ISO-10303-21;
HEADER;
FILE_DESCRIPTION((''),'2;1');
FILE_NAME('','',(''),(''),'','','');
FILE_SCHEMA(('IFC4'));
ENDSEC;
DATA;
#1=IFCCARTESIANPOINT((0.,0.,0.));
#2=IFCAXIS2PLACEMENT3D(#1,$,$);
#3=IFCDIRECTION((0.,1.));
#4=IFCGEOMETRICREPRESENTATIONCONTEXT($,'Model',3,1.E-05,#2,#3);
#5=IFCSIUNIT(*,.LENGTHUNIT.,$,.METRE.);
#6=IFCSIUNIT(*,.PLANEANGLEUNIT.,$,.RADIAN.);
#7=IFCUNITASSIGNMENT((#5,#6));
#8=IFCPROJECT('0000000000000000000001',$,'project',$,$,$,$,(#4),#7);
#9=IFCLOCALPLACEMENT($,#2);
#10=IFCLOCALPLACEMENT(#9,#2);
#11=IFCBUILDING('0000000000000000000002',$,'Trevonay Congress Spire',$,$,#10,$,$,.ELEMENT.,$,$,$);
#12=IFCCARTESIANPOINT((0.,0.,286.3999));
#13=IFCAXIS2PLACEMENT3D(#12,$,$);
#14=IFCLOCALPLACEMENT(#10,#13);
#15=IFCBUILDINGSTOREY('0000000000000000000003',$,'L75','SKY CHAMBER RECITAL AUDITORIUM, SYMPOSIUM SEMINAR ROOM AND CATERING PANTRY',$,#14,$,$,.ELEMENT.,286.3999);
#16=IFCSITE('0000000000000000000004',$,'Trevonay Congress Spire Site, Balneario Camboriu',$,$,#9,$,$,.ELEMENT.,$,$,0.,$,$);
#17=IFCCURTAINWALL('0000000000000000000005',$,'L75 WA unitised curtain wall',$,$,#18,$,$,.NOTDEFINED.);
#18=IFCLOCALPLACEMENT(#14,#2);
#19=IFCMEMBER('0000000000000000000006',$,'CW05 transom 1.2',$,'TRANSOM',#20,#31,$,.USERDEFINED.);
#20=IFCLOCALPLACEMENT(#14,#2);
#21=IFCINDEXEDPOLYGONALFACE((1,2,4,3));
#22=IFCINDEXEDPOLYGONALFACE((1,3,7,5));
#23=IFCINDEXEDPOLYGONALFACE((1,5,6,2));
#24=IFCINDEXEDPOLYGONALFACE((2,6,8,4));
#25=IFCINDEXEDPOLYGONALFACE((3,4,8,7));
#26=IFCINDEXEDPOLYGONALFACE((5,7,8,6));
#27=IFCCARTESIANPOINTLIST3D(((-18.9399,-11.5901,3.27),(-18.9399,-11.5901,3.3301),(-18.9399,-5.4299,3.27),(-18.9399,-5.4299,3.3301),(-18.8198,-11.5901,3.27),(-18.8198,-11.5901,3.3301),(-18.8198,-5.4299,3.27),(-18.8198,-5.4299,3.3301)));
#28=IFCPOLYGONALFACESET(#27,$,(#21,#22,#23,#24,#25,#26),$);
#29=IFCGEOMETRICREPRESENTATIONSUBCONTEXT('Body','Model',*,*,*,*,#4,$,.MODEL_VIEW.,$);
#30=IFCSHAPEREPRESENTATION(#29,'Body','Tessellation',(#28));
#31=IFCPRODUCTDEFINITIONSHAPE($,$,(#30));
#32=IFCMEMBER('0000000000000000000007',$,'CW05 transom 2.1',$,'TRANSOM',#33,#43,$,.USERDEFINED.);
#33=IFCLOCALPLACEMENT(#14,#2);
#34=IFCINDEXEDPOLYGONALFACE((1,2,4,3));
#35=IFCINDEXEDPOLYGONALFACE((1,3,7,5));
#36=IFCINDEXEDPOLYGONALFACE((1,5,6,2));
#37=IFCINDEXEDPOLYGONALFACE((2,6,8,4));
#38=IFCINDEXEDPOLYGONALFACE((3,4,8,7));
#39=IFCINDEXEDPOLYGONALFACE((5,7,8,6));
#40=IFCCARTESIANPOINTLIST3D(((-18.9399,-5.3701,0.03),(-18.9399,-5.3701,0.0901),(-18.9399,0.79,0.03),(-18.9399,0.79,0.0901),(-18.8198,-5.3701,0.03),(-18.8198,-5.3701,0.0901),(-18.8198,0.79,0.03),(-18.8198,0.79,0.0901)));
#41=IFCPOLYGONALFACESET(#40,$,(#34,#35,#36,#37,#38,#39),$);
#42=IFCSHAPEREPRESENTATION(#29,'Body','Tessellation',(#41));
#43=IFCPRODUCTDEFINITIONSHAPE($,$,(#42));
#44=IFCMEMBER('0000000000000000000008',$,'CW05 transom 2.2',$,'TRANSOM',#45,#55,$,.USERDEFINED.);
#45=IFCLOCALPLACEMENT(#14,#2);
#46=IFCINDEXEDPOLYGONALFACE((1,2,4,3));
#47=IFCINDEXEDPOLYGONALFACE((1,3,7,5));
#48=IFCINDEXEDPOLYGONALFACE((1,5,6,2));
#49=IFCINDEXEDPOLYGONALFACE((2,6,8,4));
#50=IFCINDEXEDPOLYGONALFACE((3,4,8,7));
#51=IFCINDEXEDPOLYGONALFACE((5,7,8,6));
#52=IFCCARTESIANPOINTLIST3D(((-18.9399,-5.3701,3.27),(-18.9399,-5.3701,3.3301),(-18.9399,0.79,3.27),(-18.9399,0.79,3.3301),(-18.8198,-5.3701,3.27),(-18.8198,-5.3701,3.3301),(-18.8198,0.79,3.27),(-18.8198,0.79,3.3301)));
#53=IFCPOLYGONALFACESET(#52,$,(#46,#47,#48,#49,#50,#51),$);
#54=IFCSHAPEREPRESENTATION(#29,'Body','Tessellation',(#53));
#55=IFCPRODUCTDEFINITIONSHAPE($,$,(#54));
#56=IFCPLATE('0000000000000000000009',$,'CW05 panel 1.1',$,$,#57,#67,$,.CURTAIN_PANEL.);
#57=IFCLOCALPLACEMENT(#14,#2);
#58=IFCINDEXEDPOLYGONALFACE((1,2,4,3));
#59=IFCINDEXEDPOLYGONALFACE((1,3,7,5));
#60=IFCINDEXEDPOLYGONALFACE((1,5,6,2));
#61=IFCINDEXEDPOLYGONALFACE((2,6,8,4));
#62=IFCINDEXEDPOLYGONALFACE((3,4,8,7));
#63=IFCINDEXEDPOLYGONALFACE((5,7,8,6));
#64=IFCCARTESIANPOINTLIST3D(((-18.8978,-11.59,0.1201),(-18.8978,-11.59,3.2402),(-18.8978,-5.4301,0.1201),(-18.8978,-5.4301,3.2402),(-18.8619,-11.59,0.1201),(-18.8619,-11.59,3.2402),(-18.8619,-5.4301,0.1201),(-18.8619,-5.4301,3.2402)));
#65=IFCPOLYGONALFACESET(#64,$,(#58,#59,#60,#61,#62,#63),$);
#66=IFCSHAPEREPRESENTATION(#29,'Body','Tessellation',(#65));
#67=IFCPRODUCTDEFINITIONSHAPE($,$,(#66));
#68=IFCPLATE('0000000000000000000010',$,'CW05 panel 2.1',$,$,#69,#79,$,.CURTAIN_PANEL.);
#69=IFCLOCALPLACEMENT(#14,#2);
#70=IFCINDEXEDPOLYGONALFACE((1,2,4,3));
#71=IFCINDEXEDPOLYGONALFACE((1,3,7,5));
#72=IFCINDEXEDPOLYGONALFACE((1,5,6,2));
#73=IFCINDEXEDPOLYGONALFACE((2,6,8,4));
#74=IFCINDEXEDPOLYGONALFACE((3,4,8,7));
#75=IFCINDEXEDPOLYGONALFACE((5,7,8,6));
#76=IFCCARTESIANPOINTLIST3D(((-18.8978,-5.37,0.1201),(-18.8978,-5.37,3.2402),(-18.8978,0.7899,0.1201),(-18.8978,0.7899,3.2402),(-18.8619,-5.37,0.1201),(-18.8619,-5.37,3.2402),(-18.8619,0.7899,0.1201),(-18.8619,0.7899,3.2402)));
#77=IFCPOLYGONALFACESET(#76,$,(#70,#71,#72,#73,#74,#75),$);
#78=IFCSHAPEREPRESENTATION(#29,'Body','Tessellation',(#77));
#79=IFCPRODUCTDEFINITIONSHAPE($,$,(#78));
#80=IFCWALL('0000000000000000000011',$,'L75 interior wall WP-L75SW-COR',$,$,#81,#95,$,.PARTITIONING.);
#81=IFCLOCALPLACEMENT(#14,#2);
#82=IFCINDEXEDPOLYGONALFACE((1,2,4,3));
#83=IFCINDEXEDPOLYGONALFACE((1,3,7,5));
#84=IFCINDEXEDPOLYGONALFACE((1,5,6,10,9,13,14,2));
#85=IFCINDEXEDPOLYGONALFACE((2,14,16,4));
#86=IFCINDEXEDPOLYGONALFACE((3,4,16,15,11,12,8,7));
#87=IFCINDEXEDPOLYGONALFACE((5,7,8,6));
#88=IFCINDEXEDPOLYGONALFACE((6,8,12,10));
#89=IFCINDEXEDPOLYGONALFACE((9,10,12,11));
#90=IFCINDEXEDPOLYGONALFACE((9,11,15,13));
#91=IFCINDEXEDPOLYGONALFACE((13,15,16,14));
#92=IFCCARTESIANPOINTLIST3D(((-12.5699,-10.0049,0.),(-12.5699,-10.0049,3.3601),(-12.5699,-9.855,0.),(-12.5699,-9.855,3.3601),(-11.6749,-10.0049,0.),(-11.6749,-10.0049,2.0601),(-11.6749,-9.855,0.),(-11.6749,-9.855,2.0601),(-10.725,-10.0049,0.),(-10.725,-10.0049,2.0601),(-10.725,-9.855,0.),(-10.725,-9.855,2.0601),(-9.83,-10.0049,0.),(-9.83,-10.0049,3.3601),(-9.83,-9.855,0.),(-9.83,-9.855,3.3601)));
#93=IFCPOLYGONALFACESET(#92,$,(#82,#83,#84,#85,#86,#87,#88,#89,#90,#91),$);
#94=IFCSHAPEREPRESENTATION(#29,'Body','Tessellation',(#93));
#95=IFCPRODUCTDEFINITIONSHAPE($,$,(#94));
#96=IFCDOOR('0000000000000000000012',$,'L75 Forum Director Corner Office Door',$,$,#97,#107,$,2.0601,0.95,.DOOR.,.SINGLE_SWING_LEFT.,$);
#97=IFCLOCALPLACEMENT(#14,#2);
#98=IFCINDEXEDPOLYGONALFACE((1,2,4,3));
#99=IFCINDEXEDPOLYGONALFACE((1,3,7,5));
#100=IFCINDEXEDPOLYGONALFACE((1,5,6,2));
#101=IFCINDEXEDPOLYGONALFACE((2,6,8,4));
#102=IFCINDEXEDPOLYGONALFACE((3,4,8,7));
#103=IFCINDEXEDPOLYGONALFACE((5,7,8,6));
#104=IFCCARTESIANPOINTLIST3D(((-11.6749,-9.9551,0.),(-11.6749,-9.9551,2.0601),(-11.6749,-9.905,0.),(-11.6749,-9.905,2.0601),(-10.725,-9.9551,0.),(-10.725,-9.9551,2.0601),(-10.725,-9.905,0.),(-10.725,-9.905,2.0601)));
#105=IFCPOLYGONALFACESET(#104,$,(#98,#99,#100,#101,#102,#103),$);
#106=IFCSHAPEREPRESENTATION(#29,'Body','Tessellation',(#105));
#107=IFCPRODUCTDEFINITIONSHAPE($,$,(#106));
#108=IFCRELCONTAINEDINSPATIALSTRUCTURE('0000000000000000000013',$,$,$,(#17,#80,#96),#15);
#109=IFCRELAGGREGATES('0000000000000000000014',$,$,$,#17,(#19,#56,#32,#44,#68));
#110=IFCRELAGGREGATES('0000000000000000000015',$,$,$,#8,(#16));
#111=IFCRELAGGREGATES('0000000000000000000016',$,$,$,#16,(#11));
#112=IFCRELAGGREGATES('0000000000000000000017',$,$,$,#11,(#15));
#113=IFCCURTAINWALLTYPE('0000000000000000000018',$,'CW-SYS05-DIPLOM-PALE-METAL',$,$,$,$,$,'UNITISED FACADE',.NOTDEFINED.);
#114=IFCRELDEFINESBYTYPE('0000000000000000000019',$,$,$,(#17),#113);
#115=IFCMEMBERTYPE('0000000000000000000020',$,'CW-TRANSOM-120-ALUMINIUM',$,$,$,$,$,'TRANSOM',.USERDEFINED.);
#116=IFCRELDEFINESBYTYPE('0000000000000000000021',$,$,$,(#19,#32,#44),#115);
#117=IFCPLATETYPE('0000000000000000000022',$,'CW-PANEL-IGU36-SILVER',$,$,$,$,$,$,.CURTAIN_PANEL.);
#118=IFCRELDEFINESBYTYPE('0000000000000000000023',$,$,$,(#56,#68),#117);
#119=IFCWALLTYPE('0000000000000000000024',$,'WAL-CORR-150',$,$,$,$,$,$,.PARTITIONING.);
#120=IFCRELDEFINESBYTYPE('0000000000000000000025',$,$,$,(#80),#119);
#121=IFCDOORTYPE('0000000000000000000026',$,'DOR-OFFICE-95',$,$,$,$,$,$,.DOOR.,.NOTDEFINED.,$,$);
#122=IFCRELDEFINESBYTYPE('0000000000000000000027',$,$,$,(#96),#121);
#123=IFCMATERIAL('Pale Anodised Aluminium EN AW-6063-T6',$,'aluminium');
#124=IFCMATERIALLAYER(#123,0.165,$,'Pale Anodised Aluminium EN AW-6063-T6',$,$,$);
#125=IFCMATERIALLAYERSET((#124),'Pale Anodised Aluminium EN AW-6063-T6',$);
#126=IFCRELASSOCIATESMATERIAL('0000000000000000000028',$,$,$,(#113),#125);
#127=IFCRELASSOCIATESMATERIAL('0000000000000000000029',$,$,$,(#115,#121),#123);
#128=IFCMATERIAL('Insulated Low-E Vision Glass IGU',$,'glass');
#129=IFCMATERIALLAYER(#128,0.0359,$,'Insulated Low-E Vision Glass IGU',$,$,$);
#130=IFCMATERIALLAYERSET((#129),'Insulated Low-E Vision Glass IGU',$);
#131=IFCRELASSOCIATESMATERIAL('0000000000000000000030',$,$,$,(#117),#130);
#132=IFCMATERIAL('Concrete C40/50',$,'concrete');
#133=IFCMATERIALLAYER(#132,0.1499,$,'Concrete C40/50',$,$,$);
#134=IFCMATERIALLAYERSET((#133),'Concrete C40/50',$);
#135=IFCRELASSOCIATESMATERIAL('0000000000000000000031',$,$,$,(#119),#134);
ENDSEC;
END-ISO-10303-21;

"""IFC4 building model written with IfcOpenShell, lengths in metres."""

from ifc_helpers import new_model, si_unit, direction, frame, frame_2d, origin, origin_2d, place, context, subcontext, project, spatial, rectangle, extrude, material, layer, layer_set, material_profile, profile_set, type_object, element, fill, aggregate, save


model = new_model("IFC4")

# Units and contexts
model_context = context("Model", 3, precision=1e-05, world=origin(), true_north=direction((0.0, 1.0)))
body_context = subcontext(model_context, "Body", "Model", "MODEL_VIEW")
ifc_project = project(units=[si_unit("LENGTHUNIT", "METRE"), si_unit("PLANEANGLEUNIT", "RADIAN")], contexts=[model_context])

# Site, building, storey
site_placement = place(None, origin())
site = spatial("IfcSite", under=ifc_project, at=site_placement, Name="Trevonay Congress Spire Site, Balneario Camboriu", CompositionType="ELEMENT", RefElevation=0.0)
building_placement = place(site_placement, origin())
building = spatial("IfcBuilding", under=site, at=building_placement, Name="Trevonay Congress Spire", CompositionType="ELEMENT")
storey_placement = place(building_placement, frame((0.0, 0.0, 286.3999)))
storey = spatial("IfcBuildingStorey", under=building, at=storey_placement, Name="L75", Description="SKY CHAMBER RECITAL AUDITORIUM, SYMPOSIUM SEMINAR ROOM AND CATERING PANTRY", CompositionType="ELEMENT", Elevation=286.3999)

# Curtain wall, members, plates
ifc_material_1 = material(Name="Pale Anodised Aluminium EN AW-6063-T6", Category="aluminium")
ifc_layer_1 = layer(ifc_material_1, 0.165, Name="Pale Anodised Aluminium EN AW-6063-T6")
ifc_layer_set_1 = layer_set([ifc_layer_1], Name="Pale Anodised Aluminium EN AW-6063-T6")
curtain_wall_type = type_object("IfcCurtainWallType", Name="CW-SYS05-DIPLOM-PALE-METAL", ElementType="UNITISED FACADE", PredefinedType="NOTDEFINED", material=ifc_layer_set_1)
curtain_wall_placement = place(storey_placement, origin())
curtain_wall = element("IfcCurtainWall", 1, at=curtain_wall_placement, inside=storey, type_object=curtain_wall_type, Name="L75 WA unitised curtain wall", PredefinedType="NOTDEFINED")
ifc_material_profile_1 = material_profile(ifc_material_1, rectangle(XDim=0.1201, YDim=0.0601, at=origin_2d()), Name="CW-TRANSOM-120-ALUMINIUM")
ifc_profile_set_1 = profile_set([ifc_material_profile_1], Name="Pale Anodised Aluminium EN AW-6063-T6")
member_type_1 = type_object("IfcMemberType", Name="CW-TRANSOM-120-ALUMINIUM", ElementType="TRANSOM", PredefinedType="USERDEFINED", material=ifc_profile_set_1)
member_1_placement = place(storey_placement, frame((-18.8799, -11.5901, 3.3), z_axis=(0.0, 1.0, 0.0), x_axis=(-1.0, 0.0, 0.0)))
member_1 = element("IfcMember", 2, at=member_1_placement, type_object=member_type_1, Name="CW05 transom 1.2", ObjectType="TRANSOM", PredefinedType="USERDEFINED", context=body_context, shape_type="SweptSolid", body=[
    extrude(rectangle(XDim=0.1201, YDim=0.0601, at=origin_2d()), origin(), (0.0, 0.0, 1.0), 6.1602),
])
member_2_placement = place(storey_placement, frame((-18.8799, -5.3701, 0.0601), z_axis=(0.0, 1.0, 0.0), x_axis=(-1.0, 0.0, 0.0)))
member_2 = element("IfcMember", 3, at=member_2_placement, type_object=member_type_1, Name="CW05 transom 2.1", ObjectType="TRANSOM", PredefinedType="USERDEFINED", context=body_context, shape_type="SweptSolid", body=[
    extrude(rectangle(XDim=0.1201, YDim=0.0601, at=origin_2d()), origin(), (0.0, 0.0, 1.0), 6.1602),
])
member_3_placement = place(storey_placement, frame((-18.8799, -5.3701, 3.3), z_axis=(0.0, 1.0, 0.0), x_axis=(-1.0, 0.0, 0.0)))
member_3 = element("IfcMember", 4, at=member_3_placement, type_object=member_type_1, Name="CW05 transom 2.2", ObjectType="TRANSOM", PredefinedType="USERDEFINED", context=body_context, shape_type="SweptSolid", body=[
    extrude(rectangle(XDim=0.1201, YDim=0.0601, at=origin_2d()), origin(), (0.0, 0.0, 1.0), 6.1602),
])
ifc_material_2 = material(Name="Insulated Low-E Vision Glass IGU", Category="glass")
ifc_layer_2 = layer(ifc_material_2, 0.0359, Name="Insulated Low-E Vision Glass IGU")
ifc_layer_set_2 = layer_set([ifc_layer_2], Name="Insulated Low-E Vision Glass IGU")
plate_type = type_object("IfcPlateType", Name="CW-PANEL-IGU36-SILVER", PredefinedType="CURTAIN_PANEL", material=ifc_layer_set_2)
plate_1_placement = place(storey_placement, frame((-18.8799, -8.51, 0.1201), z_axis=(0.0, 0.0, 1.0), x_axis=(0.0, 1.0, 0.0)))
plate_1 = element("IfcPlate", 5, at=plate_1_placement, type_object=plate_type, Name="CW05 panel 1.1", PredefinedType="CURTAIN_PANEL", context=body_context, shape_type="SweptSolid", body=[
    extrude(rectangle(XDim=6.1599, YDim=0.0359, at=origin_2d()), origin(), (0.0, 0.0, 1.0), 3.1201),
])
plate_2_placement = place(storey_placement, frame((-18.8799, -2.29, 0.1201), z_axis=(0.0, 0.0, 1.0), x_axis=(0.0, 1.0, 0.0)))
plate_2 = element("IfcPlate", 6, at=plate_2_placement, type_object=plate_type, Name="CW05 panel 2.1", PredefinedType="CURTAIN_PANEL", context=body_context, shape_type="SweptSolid", body=[
    extrude(rectangle(XDim=6.1599, YDim=0.0359, at=origin_2d()), origin(), (0.0, 0.0, 1.0), 3.1201),
])
aggregate(curtain_wall, [member_1, plate_1, member_2, member_3, plate_2])

# Wall, opening, door
ifc_material_3 = material(Name="Concrete C40/50", Category="concrete")
ifc_layer_3 = layer(ifc_material_3, 0.1499, Name="Concrete C40/50")
ifc_layer_set_3 = layer_set([ifc_layer_3], Name="Concrete C40/50")
wall_type_1 = type_object("IfcWallType", Name="WAL-CORR-150", PredefinedType="PARTITIONING", material=ifc_layer_set_3)
wall_1_placement = place(storey_placement, frame((-12.5701, -9.9299, 0.0), z_axis=(0.0, 0.0, 1.0), x_axis=(1.0, 0.0, 0.0)))
wall_1 = element("IfcWall", 7, at=wall_1_placement, inside=storey, type_object=wall_type_1, Name="L75 interior wall WP-L75SW-COR", PredefinedType="PARTITIONING", context=body_context, shape_type="SweptSolid", body=[
    extrude(rectangle(XDim=2.74, YDim=0.1499, at=frame_2d((1.3701, 0.0))), origin(), (0.0, 0.0, 1.0), 3.3601),
])
opening_1_placement = place(wall_1_placement, frame((0.895, 0.0, 0.0)))
opening_1 = element("IfcOpeningElement", 8, at=opening_1_placement, cuts=wall_1, PredefinedType="OPENING", context=body_context, shape_type="SweptSolid", body=[
    extrude(rectangle(XDim=0.95, YDim=2.0601, at=frame_2d((0.4751, 1.03))), frame((0.0, 0.085, 0.0), z_axis=(0.0, -1.0, 0.0), x_axis=(1.0, 0.0, 0.0)), (0.0, 0.0, 1.0), 0.1699),
])
door_type_1 = type_object("IfcDoorType", Name="DOR-OFFICE-95", OperationType="NOTDEFINED", PredefinedType="DOOR", material=ifc_material_1)
door_1_placement = place(opening_1_placement, origin())
door_1 = element("IfcDoor", 9, at=door_1_placement, inside=storey, type_object=door_type_1, Name="L75 Forum Director Corner Office Door", OperationType="SINGLE_SWING_LEFT", OverallHeight=2.0601, OverallWidth=0.95, PredefinedType="DOOR", context=body_context, shape_type="SweptSolid", body=[
    extrude(rectangle(XDim=0.95, YDim=2.0601, at=frame_2d((0.4751, 1.03))), frame((0.0, 0.0249, 0.0), z_axis=(0.0, -1.0, 0.0), x_axis=(1.0, 0.0, 0.0)), (0.0, 0.0, 1.0), 0.05),
])
fill(opening_1, door_1)

save(model, "model.ifc")
